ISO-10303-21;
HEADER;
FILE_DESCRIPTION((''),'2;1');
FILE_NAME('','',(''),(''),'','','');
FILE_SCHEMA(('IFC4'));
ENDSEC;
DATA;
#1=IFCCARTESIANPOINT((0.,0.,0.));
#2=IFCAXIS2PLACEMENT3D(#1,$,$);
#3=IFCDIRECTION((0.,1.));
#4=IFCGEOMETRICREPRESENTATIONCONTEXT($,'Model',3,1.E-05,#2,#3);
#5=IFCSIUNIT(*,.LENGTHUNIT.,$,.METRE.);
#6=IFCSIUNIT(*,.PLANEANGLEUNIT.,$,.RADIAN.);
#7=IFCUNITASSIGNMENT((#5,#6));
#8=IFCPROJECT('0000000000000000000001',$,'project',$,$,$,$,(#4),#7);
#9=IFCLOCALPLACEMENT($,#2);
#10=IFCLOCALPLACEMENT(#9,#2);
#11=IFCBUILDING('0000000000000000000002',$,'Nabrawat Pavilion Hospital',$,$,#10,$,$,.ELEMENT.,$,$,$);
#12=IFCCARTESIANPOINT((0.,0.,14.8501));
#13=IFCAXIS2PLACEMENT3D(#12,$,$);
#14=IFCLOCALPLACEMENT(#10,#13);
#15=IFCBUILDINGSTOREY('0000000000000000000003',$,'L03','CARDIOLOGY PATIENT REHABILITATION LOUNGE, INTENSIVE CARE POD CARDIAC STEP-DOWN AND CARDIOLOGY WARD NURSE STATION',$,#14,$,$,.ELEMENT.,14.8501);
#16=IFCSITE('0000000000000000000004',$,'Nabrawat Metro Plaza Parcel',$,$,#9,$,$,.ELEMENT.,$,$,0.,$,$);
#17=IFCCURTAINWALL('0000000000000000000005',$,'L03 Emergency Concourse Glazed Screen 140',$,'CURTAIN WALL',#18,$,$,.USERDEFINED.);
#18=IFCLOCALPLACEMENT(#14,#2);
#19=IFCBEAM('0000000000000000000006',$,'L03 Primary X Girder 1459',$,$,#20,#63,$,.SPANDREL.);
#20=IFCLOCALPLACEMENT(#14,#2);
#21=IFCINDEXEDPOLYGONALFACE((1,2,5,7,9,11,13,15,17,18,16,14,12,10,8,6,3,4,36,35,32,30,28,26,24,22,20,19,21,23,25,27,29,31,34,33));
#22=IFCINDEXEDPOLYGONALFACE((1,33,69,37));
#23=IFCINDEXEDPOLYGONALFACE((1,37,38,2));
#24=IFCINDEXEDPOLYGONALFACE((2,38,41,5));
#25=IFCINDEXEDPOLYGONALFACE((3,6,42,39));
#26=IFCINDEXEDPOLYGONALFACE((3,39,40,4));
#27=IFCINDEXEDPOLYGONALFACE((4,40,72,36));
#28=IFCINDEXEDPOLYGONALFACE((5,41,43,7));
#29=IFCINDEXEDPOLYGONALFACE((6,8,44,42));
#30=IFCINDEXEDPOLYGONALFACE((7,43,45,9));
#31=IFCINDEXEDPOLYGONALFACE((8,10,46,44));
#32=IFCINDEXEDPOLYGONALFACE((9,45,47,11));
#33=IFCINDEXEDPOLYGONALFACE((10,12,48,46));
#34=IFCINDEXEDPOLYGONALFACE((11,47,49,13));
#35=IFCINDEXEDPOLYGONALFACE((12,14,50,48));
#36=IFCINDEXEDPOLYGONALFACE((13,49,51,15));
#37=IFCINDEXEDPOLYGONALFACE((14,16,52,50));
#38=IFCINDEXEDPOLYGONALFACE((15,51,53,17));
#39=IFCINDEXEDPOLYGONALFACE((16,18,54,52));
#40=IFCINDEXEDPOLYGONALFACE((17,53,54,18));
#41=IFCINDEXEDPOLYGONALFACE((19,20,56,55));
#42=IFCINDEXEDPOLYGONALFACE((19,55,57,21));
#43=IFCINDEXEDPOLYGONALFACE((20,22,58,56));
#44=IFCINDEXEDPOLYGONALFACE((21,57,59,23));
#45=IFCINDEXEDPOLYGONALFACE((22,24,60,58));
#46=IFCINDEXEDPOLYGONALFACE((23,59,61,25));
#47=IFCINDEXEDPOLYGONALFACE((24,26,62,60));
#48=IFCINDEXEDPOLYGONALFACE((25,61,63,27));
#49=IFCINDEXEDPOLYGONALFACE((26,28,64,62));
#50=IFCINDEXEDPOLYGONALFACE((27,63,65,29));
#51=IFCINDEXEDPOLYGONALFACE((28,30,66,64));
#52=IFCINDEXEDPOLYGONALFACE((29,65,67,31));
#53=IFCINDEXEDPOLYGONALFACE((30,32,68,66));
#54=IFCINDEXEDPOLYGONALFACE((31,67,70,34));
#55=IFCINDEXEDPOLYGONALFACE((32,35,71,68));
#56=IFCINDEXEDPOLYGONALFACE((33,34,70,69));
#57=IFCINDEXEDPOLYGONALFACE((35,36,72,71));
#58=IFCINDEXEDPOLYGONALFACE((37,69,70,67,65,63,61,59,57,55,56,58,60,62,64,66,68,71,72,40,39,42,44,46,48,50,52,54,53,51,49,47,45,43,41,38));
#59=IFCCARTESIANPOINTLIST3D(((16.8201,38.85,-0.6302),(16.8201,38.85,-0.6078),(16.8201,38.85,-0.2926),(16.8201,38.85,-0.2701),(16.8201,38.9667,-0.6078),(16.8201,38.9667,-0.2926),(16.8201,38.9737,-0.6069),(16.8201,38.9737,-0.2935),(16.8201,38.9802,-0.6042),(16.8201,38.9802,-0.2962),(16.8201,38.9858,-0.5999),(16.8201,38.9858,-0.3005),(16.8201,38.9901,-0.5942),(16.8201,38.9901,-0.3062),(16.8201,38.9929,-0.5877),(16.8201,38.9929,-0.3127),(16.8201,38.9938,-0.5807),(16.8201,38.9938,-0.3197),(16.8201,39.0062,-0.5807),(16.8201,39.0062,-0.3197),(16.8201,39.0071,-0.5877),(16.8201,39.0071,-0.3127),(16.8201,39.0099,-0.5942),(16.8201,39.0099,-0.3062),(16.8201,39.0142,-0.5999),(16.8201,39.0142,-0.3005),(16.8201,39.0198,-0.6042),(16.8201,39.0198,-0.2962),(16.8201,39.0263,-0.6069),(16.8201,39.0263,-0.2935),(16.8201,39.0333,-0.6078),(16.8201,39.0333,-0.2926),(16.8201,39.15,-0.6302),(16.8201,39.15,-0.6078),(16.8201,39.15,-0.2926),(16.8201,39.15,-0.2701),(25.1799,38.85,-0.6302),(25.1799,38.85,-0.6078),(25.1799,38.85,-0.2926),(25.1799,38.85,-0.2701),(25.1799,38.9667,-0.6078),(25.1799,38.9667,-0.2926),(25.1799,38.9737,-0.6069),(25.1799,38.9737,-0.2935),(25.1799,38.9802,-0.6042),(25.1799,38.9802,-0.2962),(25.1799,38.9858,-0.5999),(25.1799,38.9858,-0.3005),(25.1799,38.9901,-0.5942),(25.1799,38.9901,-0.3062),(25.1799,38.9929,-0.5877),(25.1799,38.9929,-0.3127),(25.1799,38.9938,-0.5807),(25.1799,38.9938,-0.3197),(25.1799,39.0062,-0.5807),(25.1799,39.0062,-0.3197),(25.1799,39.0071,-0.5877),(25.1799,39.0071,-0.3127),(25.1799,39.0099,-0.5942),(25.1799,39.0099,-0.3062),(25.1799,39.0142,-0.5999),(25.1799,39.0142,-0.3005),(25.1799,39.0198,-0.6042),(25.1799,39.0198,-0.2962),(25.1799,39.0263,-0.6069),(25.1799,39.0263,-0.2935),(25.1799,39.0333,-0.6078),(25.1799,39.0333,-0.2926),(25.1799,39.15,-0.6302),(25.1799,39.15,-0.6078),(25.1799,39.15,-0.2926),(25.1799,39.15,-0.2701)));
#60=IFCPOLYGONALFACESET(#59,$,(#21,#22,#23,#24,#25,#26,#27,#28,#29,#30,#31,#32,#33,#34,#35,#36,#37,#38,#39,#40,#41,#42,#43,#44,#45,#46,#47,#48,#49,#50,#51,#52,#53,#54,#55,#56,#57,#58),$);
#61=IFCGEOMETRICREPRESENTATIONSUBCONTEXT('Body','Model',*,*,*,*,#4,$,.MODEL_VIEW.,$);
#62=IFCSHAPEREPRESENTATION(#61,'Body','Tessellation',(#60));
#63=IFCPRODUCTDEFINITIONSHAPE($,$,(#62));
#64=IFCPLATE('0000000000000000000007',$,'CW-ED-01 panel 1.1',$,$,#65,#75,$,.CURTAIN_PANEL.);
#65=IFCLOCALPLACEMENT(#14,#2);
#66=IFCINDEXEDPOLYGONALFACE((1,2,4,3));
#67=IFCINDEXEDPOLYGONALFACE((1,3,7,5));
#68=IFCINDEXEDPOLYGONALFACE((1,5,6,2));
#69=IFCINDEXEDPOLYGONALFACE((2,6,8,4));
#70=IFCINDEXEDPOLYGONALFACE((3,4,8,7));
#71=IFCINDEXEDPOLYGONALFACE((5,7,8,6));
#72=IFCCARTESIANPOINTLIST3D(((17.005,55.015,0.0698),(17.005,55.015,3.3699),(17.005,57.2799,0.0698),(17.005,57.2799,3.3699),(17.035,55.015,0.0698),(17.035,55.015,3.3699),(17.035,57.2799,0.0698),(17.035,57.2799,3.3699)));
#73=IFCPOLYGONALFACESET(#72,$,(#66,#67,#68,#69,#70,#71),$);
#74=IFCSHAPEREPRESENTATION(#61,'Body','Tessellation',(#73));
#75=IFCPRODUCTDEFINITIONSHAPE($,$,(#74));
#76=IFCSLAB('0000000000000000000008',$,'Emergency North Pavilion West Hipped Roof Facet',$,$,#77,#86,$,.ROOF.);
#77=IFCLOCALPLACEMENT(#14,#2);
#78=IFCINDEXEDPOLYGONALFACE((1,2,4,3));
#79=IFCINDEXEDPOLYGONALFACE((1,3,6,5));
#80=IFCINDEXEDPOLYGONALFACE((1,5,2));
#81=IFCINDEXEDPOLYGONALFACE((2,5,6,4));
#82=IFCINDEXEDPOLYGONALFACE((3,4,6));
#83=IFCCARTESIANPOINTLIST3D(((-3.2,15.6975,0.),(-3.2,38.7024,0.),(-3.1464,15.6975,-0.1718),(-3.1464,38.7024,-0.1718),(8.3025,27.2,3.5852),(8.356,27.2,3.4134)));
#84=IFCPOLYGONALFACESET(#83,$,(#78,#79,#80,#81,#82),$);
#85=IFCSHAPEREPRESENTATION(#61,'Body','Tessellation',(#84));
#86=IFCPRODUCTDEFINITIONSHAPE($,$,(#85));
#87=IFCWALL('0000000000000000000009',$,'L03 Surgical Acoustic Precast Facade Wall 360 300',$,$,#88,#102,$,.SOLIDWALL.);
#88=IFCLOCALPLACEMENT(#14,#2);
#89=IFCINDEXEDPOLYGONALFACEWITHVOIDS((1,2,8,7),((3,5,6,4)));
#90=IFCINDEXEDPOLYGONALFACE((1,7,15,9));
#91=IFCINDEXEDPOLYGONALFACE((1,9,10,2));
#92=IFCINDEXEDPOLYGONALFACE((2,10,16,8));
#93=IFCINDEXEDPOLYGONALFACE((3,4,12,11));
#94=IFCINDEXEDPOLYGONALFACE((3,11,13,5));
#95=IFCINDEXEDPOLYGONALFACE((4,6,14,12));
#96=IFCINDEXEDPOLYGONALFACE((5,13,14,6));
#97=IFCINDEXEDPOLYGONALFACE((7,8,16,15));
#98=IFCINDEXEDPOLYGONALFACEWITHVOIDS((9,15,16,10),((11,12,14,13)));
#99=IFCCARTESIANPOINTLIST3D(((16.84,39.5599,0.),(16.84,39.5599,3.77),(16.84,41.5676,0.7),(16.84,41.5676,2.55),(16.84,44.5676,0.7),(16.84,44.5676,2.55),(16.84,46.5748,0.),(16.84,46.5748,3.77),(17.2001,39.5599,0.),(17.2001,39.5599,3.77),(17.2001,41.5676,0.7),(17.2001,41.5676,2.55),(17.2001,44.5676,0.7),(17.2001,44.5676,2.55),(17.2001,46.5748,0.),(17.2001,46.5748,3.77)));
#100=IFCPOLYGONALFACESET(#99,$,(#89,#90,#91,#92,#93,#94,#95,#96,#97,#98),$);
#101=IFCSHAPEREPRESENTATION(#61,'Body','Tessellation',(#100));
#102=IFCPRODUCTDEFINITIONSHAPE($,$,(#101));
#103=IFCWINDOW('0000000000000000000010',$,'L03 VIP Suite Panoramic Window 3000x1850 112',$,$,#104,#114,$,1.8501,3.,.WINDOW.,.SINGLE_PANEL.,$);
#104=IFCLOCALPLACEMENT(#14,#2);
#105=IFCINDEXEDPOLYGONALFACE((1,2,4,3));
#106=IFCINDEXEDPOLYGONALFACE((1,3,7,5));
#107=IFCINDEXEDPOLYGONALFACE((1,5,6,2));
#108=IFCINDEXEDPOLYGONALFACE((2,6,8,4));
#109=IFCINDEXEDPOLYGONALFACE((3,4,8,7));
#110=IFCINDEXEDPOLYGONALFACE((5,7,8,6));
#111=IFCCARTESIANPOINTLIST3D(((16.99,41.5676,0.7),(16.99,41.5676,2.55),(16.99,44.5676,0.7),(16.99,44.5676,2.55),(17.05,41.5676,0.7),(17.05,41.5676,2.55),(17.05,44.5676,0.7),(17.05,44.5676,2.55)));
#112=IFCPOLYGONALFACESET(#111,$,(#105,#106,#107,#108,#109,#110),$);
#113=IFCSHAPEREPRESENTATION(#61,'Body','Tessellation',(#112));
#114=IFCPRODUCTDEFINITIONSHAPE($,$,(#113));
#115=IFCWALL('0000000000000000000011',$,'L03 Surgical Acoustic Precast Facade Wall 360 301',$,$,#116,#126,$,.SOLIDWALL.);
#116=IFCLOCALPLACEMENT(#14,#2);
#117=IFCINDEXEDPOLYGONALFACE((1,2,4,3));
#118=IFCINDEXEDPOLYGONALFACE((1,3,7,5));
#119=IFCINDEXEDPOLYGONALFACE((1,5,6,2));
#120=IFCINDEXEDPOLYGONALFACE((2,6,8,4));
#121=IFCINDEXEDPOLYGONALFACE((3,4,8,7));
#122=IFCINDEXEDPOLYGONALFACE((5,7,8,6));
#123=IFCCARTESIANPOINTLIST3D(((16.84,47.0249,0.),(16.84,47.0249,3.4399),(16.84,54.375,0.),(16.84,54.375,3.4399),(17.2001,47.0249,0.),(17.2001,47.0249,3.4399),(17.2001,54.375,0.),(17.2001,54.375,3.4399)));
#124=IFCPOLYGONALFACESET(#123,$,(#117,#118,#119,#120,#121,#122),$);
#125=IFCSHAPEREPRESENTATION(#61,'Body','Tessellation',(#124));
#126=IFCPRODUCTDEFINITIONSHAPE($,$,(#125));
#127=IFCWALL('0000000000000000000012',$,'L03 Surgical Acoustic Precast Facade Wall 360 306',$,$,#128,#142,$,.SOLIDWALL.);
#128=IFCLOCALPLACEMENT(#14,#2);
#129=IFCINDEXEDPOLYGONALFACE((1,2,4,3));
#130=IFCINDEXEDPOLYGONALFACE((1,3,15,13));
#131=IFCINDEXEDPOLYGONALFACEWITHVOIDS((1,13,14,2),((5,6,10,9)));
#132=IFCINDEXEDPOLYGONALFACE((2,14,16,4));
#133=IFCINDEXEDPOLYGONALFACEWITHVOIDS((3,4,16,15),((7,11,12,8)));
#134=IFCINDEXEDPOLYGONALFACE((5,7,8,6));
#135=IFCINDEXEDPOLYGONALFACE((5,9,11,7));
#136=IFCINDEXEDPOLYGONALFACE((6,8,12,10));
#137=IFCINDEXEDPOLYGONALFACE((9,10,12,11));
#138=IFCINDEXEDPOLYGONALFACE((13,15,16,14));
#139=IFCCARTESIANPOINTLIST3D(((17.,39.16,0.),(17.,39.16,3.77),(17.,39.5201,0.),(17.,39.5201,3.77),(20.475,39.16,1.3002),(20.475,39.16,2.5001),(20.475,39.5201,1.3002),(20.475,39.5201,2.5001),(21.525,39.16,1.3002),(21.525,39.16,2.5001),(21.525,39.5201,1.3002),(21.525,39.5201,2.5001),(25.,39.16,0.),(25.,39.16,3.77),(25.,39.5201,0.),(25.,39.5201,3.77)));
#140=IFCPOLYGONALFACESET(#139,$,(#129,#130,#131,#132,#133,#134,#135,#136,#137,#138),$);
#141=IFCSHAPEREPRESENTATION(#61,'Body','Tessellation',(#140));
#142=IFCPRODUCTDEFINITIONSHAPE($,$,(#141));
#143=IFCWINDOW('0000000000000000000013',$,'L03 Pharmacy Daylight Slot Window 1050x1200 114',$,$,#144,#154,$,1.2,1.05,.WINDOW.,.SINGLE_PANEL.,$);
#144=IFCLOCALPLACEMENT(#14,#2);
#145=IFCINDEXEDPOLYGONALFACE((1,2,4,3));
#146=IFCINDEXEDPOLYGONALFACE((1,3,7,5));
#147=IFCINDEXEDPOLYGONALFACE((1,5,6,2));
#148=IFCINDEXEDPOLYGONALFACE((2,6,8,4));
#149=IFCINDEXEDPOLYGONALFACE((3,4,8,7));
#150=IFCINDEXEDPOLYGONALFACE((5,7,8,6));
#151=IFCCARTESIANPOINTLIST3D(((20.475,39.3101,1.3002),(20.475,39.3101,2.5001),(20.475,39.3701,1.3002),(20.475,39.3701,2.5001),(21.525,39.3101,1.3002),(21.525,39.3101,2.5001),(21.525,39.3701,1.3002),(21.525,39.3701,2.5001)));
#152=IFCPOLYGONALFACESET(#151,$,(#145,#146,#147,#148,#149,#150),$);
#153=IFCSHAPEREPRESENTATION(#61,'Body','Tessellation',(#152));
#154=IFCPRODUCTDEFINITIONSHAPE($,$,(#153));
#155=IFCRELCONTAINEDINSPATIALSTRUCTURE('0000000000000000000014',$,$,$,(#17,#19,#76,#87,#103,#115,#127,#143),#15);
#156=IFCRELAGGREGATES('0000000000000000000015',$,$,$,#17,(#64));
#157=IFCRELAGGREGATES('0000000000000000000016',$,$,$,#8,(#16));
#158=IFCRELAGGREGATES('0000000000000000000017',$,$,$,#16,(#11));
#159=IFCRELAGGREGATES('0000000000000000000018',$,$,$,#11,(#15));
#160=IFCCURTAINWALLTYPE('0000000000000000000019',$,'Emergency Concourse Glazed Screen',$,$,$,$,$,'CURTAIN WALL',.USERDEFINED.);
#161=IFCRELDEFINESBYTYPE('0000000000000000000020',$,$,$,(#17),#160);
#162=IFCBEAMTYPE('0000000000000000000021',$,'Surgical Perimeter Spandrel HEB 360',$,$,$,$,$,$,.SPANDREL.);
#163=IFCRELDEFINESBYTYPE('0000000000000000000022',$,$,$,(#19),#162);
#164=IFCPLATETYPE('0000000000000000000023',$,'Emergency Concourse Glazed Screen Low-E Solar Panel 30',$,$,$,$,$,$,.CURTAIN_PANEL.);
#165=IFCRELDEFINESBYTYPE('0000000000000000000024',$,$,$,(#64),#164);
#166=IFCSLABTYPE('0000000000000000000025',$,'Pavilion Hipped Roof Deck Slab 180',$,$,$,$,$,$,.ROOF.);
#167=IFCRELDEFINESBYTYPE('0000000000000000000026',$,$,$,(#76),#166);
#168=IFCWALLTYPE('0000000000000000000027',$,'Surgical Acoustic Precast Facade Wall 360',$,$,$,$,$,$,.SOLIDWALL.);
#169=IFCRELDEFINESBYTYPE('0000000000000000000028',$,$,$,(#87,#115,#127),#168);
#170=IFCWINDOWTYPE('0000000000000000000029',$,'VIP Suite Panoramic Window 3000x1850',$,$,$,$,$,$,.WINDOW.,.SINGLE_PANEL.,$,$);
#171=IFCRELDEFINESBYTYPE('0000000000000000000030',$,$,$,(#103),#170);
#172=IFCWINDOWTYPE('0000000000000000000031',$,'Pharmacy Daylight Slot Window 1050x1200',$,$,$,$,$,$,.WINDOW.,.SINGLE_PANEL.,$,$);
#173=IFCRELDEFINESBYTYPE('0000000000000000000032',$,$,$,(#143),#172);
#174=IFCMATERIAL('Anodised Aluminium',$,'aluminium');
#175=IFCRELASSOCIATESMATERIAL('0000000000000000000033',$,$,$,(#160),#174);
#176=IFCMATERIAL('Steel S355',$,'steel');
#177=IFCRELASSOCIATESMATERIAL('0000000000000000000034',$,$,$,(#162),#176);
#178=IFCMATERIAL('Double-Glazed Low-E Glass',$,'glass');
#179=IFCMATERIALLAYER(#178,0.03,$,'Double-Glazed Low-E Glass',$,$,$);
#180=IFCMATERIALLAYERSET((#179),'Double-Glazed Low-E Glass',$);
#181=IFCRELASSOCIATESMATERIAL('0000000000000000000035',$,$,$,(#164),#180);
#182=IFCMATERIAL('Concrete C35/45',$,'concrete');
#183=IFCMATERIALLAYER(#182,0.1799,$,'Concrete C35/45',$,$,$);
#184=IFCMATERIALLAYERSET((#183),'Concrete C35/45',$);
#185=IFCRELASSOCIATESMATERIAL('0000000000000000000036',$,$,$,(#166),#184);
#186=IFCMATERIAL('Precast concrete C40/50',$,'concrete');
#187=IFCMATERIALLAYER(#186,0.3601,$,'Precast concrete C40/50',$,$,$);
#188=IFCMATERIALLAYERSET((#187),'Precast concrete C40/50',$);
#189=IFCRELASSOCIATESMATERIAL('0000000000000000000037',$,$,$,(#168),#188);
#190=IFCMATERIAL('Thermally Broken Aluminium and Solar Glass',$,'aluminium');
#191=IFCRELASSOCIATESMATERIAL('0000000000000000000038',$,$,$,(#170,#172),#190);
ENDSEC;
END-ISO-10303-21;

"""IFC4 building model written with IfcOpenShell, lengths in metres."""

from ifc_helpers import new_model, si_unit, direction, frame, frame_2d, origin, origin_2d, place, context, subcontext, project, spatial, polyline, rectangle, i_section, outline, extrude, material, layer, layer_set, material_profile, profile_set, type_object, element, fill, aggregate, save


model = new_model("IFC4")

# Units and contexts
model_context = context("Model", 3, precision=1e-05, world=origin(), true_north=direction((0.0, 1.0)))
body_context = subcontext(model_context, "Body", "Model", "MODEL_VIEW")
ifc_project = project(units=[si_unit("LENGTHUNIT", "METRE"), si_unit("PLANEANGLEUNIT", "RADIAN")], contexts=[model_context])

# Site, building, storey
site_placement = place(None, origin())
site = spatial("IfcSite", under=ifc_project, at=site_placement, Name="Nabrawat Metro Plaza Parcel", CompositionType="ELEMENT", RefElevation=0.0)
building_placement = place(site_placement, origin())
building = spatial("IfcBuilding", under=site, at=building_placement, Name="Nabrawat Pavilion Hospital", CompositionType="ELEMENT")
storey_placement = place(building_placement, frame((0.0, 0.0, 14.8501)))
storey = spatial("IfcBuildingStorey", under=building, at=storey_placement, Name="L03", Description="CARDIOLOGY PATIENT REHABILITATION LOUNGE, INTENSIVE CARE POD CARDIAC STEP-DOWN AND CARDIOLOGY WARD NURSE STATION", CompositionType="ELEMENT", Elevation=14.8501)

# Shared definitions
ifc_material_1 = material(Name="Steel S355", Category="steel")

# Curtain wall
ifc_material_2 = material(Name="Anodised Aluminium", Category="aluminium")
curtain_wall_type = type_object("IfcCurtainWallType", Name="Emergency Concourse Glazed Screen", ElementType="CURTAIN WALL", PredefinedType="USERDEFINED", material=ifc_material_2)
curtain_wall_placement = place(storey_placement, origin())
curtain_wall = element("IfcCurtainWall", 1, at=curtain_wall_placement, inside=storey, type_object=curtain_wall_type, Name="L03 Emergency Concourse Glazed Screen 140", ObjectType="CURTAIN WALL", PredefinedType="USERDEFINED")

# Beam
ifc_material_profile_1 = material_profile(ifc_material_1, i_section(OverallWidth=0.3, OverallDepth=0.3601, WebThickness=0.0125, FlangeThickness=0.0225, FilletRadius=0.0271, at=origin_2d()), Name="HEB 360")
ifc_profile_set_1 = profile_set([ifc_material_profile_1], Name="Steel S355")
beam_type_1 = type_object("IfcBeamType", Name="Surgical Perimeter Spandrel HEB 360", PredefinedType="SPANDREL", material=ifc_profile_set_1)
beam_1_placement = place(storey_placement, frame((16.8201, 39.0, -0.4502), z_axis=(1.0, 0.0, 0.0), x_axis=(0.0, 1.0, 0.0)))
element("IfcBeam", 2, at=beam_1_placement, inside=storey, type_object=beam_type_1, Name="L03 Primary X Girder 1459", PredefinedType="SPANDREL", context=body_context, shape_type="SweptSolid", body=[
    extrude(i_section(OverallWidth=0.3, OverallDepth=0.3601, WebThickness=0.0125, FlangeThickness=0.0225, FilletRadius=0.0271, at=origin_2d()), origin(), (0.0, 0.0, 1.0), 8.3599),
])

# Plate
ifc_material_3 = material(Name="Double-Glazed Low-E Glass", Category="glass")
ifc_layer_1 = layer(ifc_material_3, 0.03, Name="Double-Glazed Low-E Glass")
ifc_layer_set_1 = layer_set([ifc_layer_1], Name="Double-Glazed Low-E Glass")
plate_type = type_object("IfcPlateType", Name="Emergency Concourse Glazed Screen Low-E Solar Panel 30", PredefinedType="CURTAIN_PANEL", material=ifc_layer_set_1)
plate_placement = place(storey_placement, frame((17.02, 56.1475, 0.0698), z_axis=(0.0, 0.0, 1.0), x_axis=(0.0, 1.0, 0.0)))
plate = element("IfcPlate", 3, at=plate_placement, type_object=plate_type, Name="CW-ED-01 panel 1.1", PredefinedType="CURTAIN_PANEL", context=body_context, shape_type="SweptSolid", body=[
    extrude(rectangle(XDim=2.2649, YDim=0.03, at=origin_2d()), origin(), (0.0, 0.0, 1.0), 3.3),
])
aggregate(curtain_wall, [plate])

# Slab
ifc_material_4 = material(Name="Concrete C35/45", Category="concrete")
ifc_layer_2 = layer(ifc_material_4, 0.1799, Name="Concrete C35/45")
ifc_layer_set_2 = layer_set([ifc_layer_2], Name="Concrete C35/45")
slab_type = type_object("IfcSlabType", Name="Pavilion Hipped Roof Deck Slab 180", PredefinedType="ROOF", material=ifc_layer_set_2)
slab_placement = place(storey_placement, frame((-3.2, 38.7024, 0.0), z_axis=(-0.297571, 0.0, 0.9547), x_axis=(0.0, -1.0, 0.0)))
element("IfcSlab", 4, at=slab_placement, inside=storey, type_object=slab_type, Name="Emergency North Pavilion West Hipped Roof Facet", PredefinedType="ROOF", context=body_context, shape_type="SweptSolid", body=[
    extrude(outline(polyline([(0.0, 0.0), (23.0049, 0.0), (11.5024, 12.0482), (0.0, 0.0)])), origin(), (0.0, 0.0, -1.0), 0.1799),
])

# Wall, opening, window
ifc_material_5 = material(Name="Precast concrete C40/50", Category="concrete")
ifc_layer_3 = layer(ifc_material_5, 0.3601, Name="Precast concrete C40/50")
ifc_layer_set_3 = layer_set([ifc_layer_3], Name="Precast concrete C40/50")
wall_type = type_object("IfcWallType", Name="Surgical Acoustic Precast Facade Wall 360", PredefinedType="SOLIDWALL", material=ifc_layer_set_3)
wall_1_placement = place(storey_placement, frame((17.02, 39.5601, 0.0), z_axis=(0.0, 0.0, 1.0), x_axis=(0.0, 1.0, 0.0)))
wall_1 = element("IfcWall", 5, at=wall_1_placement, inside=storey, type_object=wall_type, Name="L03 Surgical Acoustic Precast Facade Wall 360 300", PredefinedType="SOLIDWALL", context=body_context, shape_type="SweptSolid", body=[
    extrude(rectangle(XDim=7.0149, YDim=0.3601, at=frame_2d((3.5073, 0.0))), origin(), (0.0, 0.0, 1.0), 3.77),
])
opening_1_placement = place(wall_1_placement, frame((2.0076, 0.0, 0.7)))
opening_1 = element("IfcOpeningElement", 6, at=opening_1_placement, cuts=wall_1, PredefinedType="OPENING", context=body_context, shape_type="SweptSolid", body=[
    extrude(rectangle(XDim=3.0, YDim=1.8501, at=frame_2d((1.5, 0.925))), frame((0.0, 0.1899, 0.0), z_axis=(0.0, -1.0, 0.0), x_axis=(1.0, 0.0, 0.0)), (0.0, 0.0, 1.0), 0.3801),
])
ifc_material_6 = material(Name="Thermally Broken Aluminium and Solar Glass", Category="aluminium")
window_type_1 = type_object("IfcWindowType", Name="VIP Suite Panoramic Window 3000x1850", PartitioningType="SINGLE_PANEL", PredefinedType="WINDOW", material=ifc_material_6)
window_1_placement = place(opening_1_placement, origin())
window_1 = element("IfcWindow", 7, at=window_1_placement, inside=storey, type_object=window_type_1, Name="L03 VIP Suite Panoramic Window 3000x1850 112", OverallHeight=1.8501, OverallWidth=3.0, PartitioningType="SINGLE_PANEL", PredefinedType="WINDOW", context=body_context, shape_type="SweptSolid", body=[
    extrude(rectangle(XDim=3.0, YDim=1.8501, at=frame_2d((1.5, 0.925))), frame((0.0, 0.03, 0.0), z_axis=(0.0, -1.0, 0.0), x_axis=(1.0, 0.0, 0.0)), (0.0, 0.0, 1.0), 0.0601),
])
fill(opening_1, window_1)

# Wall
wall_2_placement = place(storey_placement, frame((17.02, 47.0249, 0.0), z_axis=(0.0, 0.0, 1.0), x_axis=(0.0, 1.0, 0.0)))
element("IfcWall", 8, at=wall_2_placement, inside=storey, type_object=wall_type, Name="L03 Surgical Acoustic Precast Facade Wall 360 301", PredefinedType="SOLIDWALL", context=body_context, shape_type="SweptSolid", body=[
    extrude(rectangle(XDim=7.3501, YDim=0.3601, at=frame_2d((3.675, 0.0))), origin(), (0.0, 0.0, 1.0), 3.4399),
])

# Wall, opening, window
wall_3_placement = place(storey_placement, frame((17.0, 39.3401, 0.0), z_axis=(0.0, 0.0, 1.0), x_axis=(1.0, 0.0, 0.0)))
wall_3 = element("IfcWall", 9, at=wall_3_placement, inside=storey, type_object=wall_type, Name="L03 Surgical Acoustic Precast Facade Wall 360 306", PredefinedType="SOLIDWALL", context=body_context, shape_type="SweptSolid", body=[
    extrude(rectangle(XDim=8.0, YDim=0.3601, at=frame_2d((4.0, 0.0))), origin(), (0.0, 0.0, 1.0), 3.77),
])
opening_2_placement = place(wall_3_placement, frame((3.4751, 0.0, 1.3)))
opening_2 = element("IfcOpeningElement", 10, at=opening_2_placement, cuts=wall_3, PredefinedType="OPENING", context=body_context, shape_type="SweptSolid", body=[
    extrude(rectangle(XDim=1.05, YDim=1.2, at=frame_2d((0.5249, 0.6001))), frame((0.0, 0.1899, 0.0), z_axis=(0.0, -1.0, 0.0), x_axis=(1.0, 0.0, 0.0)), (0.0, 0.0, 1.0), 0.3801),
])
window_type_2 = type_object("IfcWindowType", Name="Pharmacy Daylight Slot Window 1050x1200", PartitioningType="SINGLE_PANEL", PredefinedType="WINDOW", material=ifc_material_6)
window_2_placement = place(opening_2_placement, origin())
window_2 = element("IfcWindow", 11, at=window_2_placement, inside=storey, type_object=window_type_2, Name="L03 Pharmacy Daylight Slot Window 1050x1200 114", OverallHeight=1.2, OverallWidth=1.05, PartitioningType="SINGLE_PANEL", PredefinedType="WINDOW", context=body_context, shape_type="SweptSolid", body=[
    extrude(rectangle(XDim=1.05, YDim=1.2, at=frame_2d((0.5249, 0.6001))), frame((0.0, 0.03, 0.0), z_axis=(0.0, -1.0, 0.0), x_axis=(1.0, 0.0, 0.0)), (0.0, 0.0, 1.0), 0.0601),
])
fill(opening_2, window_2)

save(model, "model.ifc")
